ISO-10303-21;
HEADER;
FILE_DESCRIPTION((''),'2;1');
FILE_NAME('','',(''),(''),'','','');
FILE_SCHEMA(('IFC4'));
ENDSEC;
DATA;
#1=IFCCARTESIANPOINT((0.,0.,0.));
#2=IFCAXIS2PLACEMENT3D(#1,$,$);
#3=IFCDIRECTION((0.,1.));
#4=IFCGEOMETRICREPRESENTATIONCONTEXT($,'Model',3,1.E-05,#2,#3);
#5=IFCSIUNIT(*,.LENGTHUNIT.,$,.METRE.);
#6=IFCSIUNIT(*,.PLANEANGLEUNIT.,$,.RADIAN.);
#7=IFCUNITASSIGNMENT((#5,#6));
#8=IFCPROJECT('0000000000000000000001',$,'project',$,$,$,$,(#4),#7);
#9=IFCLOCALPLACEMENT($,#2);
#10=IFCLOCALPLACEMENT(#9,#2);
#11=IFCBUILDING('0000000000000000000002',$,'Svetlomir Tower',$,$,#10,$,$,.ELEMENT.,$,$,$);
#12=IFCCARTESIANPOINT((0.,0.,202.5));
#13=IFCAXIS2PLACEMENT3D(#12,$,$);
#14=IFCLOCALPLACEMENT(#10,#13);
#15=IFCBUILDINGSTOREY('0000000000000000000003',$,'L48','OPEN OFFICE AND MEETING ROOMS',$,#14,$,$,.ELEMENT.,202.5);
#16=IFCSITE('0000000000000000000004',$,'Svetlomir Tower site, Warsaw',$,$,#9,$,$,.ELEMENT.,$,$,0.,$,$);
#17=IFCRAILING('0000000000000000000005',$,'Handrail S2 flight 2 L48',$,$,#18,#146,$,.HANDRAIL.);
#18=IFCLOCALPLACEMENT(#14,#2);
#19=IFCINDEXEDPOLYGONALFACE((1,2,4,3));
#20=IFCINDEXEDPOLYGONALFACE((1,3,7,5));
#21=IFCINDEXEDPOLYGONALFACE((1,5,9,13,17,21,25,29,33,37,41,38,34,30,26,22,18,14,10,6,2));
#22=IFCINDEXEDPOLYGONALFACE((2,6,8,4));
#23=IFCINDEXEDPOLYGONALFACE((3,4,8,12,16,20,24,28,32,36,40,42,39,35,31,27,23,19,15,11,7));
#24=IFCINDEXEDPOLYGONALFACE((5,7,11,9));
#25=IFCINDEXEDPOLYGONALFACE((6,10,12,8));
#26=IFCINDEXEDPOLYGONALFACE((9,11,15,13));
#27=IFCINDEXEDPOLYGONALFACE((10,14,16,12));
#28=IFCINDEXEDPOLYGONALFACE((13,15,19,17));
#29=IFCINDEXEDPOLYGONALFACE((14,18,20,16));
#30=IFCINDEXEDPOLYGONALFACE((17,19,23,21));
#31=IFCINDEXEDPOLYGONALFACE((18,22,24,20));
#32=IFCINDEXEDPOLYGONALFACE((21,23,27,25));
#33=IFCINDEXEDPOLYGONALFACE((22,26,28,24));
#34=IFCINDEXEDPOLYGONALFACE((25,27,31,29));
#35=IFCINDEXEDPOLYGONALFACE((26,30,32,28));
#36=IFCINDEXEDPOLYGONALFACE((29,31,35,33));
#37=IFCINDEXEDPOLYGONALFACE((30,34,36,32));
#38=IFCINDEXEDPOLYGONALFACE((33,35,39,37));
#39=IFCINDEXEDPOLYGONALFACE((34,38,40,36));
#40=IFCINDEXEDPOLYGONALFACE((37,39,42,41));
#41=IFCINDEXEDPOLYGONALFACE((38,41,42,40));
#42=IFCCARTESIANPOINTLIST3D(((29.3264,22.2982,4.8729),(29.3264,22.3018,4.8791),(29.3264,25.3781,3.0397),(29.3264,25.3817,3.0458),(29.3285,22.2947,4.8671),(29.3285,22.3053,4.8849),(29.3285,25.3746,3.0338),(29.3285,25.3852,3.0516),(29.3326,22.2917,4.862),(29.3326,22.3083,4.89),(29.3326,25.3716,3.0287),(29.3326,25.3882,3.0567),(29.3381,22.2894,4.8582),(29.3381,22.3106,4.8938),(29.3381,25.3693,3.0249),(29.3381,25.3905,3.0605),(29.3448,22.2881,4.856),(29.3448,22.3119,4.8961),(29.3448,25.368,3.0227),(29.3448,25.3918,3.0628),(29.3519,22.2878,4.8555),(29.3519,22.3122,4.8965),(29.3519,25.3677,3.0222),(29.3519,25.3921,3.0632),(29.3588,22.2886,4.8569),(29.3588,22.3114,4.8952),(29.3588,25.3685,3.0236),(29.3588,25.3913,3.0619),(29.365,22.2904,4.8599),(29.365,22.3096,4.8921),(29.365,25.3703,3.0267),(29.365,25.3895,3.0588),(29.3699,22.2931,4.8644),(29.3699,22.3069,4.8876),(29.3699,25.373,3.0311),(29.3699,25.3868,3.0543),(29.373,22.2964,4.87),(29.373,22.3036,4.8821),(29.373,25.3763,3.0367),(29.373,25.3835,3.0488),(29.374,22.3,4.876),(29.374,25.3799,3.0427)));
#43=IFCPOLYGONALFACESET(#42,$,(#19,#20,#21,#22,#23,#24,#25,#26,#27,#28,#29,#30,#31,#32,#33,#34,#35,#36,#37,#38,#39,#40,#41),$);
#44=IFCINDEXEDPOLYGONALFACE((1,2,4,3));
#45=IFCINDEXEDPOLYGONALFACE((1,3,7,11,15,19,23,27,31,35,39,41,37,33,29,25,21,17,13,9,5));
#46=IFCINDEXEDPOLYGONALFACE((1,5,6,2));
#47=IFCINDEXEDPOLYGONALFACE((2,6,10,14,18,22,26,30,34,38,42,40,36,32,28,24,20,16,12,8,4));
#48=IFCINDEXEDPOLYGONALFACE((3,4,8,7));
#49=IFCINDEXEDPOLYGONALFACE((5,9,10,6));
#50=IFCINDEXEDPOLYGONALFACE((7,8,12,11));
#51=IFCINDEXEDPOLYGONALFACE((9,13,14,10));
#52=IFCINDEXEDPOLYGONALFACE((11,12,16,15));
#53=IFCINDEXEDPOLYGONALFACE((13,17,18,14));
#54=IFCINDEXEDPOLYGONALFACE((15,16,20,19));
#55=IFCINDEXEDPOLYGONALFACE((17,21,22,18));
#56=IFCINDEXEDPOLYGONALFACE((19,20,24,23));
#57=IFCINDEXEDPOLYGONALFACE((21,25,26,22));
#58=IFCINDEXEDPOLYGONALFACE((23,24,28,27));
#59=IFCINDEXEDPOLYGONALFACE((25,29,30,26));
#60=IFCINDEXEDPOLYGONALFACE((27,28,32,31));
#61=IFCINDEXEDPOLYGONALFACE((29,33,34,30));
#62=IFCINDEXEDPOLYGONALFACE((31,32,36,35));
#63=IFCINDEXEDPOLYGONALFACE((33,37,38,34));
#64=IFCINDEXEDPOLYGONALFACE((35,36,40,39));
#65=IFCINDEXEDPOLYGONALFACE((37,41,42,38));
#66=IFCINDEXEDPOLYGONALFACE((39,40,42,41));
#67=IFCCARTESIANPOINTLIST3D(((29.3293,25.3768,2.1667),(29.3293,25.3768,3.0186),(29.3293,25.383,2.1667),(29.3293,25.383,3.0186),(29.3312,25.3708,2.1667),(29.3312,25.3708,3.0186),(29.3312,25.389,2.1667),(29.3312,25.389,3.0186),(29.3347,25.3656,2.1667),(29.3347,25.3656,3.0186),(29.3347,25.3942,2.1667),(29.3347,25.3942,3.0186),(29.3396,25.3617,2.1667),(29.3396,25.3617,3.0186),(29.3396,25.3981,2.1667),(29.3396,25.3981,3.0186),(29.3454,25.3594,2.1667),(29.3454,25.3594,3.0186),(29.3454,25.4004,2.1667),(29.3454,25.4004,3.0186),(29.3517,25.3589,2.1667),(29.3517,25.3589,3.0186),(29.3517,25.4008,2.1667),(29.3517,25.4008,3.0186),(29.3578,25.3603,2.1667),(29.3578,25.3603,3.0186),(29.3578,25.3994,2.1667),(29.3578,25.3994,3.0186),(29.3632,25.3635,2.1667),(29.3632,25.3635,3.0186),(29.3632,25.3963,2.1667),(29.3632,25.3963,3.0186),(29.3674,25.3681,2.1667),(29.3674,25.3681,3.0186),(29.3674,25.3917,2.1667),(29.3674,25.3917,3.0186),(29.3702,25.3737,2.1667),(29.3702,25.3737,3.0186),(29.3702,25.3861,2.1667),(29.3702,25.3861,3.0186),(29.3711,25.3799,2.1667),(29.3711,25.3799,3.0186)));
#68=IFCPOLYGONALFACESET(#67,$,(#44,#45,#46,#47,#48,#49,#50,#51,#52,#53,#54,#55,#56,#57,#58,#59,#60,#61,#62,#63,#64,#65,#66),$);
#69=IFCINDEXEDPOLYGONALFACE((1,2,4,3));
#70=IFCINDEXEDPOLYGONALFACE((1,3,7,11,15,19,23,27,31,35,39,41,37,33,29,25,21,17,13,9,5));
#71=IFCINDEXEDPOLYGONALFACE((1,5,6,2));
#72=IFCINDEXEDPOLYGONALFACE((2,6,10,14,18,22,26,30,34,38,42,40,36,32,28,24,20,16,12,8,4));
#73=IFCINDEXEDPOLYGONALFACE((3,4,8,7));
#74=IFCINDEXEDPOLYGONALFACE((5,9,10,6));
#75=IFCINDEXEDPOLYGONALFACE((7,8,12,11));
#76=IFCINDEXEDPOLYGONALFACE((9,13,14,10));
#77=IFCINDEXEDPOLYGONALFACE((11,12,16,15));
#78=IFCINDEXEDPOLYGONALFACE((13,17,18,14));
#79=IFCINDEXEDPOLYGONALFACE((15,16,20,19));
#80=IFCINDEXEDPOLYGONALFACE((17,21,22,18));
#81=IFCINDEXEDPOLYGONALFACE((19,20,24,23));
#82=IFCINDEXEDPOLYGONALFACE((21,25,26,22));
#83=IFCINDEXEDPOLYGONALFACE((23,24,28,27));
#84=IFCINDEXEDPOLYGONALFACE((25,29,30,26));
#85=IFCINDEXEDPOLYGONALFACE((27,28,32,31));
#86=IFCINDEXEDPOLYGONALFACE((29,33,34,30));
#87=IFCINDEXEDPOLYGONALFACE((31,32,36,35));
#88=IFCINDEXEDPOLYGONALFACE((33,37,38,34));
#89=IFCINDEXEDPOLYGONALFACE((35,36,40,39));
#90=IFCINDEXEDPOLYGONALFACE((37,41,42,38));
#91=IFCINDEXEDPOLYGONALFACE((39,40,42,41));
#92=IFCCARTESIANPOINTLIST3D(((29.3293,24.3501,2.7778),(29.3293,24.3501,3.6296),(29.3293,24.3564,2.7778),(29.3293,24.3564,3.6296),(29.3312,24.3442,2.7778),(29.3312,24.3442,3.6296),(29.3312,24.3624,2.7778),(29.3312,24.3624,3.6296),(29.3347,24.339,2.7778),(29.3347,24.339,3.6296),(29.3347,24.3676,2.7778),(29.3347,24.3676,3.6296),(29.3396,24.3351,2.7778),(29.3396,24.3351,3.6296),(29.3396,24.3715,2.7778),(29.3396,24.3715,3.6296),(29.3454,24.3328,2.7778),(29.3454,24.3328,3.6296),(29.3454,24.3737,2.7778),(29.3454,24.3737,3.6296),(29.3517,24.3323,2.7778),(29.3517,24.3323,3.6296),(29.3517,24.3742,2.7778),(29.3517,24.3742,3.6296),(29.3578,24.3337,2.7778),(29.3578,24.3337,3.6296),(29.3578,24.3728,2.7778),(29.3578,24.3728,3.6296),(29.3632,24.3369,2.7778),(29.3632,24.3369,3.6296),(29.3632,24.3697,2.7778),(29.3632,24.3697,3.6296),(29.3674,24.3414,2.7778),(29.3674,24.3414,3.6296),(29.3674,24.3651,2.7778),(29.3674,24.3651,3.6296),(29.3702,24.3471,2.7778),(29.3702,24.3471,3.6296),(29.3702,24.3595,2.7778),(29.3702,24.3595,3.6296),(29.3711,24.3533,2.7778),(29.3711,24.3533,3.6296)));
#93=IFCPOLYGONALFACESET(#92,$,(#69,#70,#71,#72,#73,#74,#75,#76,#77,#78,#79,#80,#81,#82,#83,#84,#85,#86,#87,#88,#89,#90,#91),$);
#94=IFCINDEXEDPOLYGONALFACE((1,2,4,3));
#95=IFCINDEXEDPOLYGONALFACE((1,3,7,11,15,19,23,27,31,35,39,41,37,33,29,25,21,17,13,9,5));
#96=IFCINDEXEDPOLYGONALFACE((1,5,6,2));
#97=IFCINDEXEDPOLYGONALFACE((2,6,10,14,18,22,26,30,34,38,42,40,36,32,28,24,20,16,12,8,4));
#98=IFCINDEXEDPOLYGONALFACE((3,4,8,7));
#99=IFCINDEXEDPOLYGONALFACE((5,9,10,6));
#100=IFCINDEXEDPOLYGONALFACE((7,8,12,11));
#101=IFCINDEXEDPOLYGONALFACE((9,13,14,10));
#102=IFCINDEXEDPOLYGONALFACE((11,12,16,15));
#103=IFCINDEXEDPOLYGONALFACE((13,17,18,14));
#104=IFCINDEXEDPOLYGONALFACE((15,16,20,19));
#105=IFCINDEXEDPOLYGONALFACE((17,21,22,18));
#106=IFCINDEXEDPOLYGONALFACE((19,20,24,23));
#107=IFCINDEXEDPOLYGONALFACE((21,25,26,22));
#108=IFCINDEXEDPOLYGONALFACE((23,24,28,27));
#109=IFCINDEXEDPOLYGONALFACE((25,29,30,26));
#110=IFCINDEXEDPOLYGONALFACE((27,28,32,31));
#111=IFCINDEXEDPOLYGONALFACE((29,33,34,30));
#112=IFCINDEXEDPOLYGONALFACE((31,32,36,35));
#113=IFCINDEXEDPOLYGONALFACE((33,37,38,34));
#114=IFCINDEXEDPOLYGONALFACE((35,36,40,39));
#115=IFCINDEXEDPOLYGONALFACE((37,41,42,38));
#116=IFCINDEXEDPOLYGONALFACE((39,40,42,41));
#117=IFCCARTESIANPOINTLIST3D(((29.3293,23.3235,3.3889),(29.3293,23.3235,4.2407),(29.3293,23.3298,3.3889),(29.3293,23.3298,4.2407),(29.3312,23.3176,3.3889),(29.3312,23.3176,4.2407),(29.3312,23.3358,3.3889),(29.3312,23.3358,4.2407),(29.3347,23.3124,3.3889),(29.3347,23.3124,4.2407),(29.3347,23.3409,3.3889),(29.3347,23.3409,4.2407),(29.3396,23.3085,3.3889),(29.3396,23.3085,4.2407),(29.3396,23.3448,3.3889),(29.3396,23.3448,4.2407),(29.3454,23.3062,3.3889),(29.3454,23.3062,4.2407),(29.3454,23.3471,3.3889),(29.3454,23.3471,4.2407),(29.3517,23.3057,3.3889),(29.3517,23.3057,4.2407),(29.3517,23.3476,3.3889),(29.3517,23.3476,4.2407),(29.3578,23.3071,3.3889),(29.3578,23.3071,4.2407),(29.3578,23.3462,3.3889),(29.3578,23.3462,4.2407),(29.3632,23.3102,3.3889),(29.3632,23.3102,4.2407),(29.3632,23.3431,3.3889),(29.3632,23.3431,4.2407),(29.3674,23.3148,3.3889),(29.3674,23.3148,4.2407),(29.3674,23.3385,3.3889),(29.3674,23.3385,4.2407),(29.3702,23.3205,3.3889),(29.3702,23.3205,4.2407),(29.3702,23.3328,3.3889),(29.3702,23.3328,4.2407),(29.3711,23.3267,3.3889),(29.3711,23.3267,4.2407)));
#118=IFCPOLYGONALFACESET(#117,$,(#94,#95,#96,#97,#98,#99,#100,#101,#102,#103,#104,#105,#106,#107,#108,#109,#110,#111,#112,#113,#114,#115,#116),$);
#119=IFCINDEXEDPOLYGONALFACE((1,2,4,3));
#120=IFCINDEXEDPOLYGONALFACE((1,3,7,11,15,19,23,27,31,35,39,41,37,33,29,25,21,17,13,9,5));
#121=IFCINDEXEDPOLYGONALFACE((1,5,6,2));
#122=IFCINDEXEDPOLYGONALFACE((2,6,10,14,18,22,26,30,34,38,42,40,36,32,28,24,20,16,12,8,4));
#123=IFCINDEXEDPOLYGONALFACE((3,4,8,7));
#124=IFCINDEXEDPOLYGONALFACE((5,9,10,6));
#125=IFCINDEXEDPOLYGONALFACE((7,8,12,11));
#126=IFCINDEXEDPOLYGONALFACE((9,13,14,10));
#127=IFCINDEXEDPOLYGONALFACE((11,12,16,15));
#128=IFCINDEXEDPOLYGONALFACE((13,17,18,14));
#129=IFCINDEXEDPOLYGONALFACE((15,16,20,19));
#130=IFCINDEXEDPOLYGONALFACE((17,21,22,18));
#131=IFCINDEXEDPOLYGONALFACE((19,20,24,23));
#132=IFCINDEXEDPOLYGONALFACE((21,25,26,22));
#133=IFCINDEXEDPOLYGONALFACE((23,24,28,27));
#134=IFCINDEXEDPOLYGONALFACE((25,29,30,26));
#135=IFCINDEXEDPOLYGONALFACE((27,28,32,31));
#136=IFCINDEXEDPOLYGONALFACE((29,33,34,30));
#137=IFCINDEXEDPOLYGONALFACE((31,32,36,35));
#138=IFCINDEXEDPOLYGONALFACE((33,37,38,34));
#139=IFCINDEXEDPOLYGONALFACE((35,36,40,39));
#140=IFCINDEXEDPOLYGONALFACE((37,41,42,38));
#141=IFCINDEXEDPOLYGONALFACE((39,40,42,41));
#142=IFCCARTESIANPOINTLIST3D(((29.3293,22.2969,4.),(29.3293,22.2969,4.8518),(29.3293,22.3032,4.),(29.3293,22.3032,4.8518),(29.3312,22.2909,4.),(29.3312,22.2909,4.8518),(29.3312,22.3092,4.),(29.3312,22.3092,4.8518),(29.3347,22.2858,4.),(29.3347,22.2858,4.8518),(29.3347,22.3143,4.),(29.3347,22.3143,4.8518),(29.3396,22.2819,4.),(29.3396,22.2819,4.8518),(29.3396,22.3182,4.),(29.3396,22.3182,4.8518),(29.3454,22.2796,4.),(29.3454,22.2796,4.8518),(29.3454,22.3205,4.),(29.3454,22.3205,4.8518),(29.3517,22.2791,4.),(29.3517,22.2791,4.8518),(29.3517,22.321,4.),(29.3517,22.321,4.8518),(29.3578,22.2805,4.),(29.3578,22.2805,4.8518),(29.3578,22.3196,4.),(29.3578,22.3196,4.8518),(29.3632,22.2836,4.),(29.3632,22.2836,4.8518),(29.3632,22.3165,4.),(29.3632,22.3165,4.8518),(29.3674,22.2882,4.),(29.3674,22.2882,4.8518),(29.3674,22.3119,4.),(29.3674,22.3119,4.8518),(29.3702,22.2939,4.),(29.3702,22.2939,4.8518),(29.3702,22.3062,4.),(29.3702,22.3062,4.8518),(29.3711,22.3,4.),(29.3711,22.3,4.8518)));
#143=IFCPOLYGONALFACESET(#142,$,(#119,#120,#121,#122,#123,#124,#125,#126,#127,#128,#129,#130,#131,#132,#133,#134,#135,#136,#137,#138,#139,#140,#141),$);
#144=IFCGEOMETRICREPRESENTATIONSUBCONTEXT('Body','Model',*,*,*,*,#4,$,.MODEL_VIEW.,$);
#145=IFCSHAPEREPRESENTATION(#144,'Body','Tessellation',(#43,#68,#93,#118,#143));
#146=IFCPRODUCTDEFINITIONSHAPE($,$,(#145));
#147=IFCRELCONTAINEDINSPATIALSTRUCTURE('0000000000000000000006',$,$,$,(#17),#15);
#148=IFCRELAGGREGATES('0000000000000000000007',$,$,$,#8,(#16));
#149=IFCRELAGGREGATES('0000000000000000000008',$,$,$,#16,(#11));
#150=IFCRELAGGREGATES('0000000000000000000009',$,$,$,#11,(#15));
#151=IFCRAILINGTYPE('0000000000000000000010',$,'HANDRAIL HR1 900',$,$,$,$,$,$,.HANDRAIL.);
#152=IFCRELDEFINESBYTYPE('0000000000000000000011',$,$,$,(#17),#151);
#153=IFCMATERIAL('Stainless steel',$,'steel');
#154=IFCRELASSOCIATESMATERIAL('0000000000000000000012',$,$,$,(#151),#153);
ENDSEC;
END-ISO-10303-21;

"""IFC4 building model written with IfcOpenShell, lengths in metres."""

from ifc_helpers import new_model, si_unit, direction, frame, origin, origin_2d, place, context, subcontext, project, spatial, circle, extrude, material, type_object, element, save


model = new_model("IFC4")

# Units and contexts
model_context = context("Model", 3, precision=1e-05, world=origin(), true_north=direction((0.0, 1.0)))
body_context = subcontext(model_context, "Body", "Model", "MODEL_VIEW")
ifc_project = project(units=[si_unit("LENGTHUNIT", "METRE"), si_unit("PLANEANGLEUNIT", "RADIAN")], contexts=[model_context])

# Site, building, storey
site_placement = place(None, origin())
site = spatial("IfcSite", under=ifc_project, at=site_placement, Name="Svetlomir Tower site, Warsaw", CompositionType="ELEMENT", RefElevation=0.0)
building_placement = place(site_placement, origin())
building = spatial("IfcBuilding", under=site, at=building_placement, Name="Svetlomir Tower", CompositionType="ELEMENT")
storey_placement = place(building_placement, frame((0.0, 0.0, 202.5)))
storey = spatial("IfcBuildingStorey", under=building, at=storey_placement, Name="L48", Description="OPEN OFFICE AND MEETING ROOMS", CompositionType="ELEMENT", Elevation=202.5)

# Railing
ifc_material_1 = material(Name="Stainless steel", Category="steel")
railing_type = type_object("IfcRailingType", Name="HANDRAIL HR1 900", PredefinedType="HANDRAIL", material=ifc_material_1)
railing_1_placement = place(storey_placement, frame((29.3501, 25.3799, 2.1667)))
element("IfcRailing", 1, at=railing_1_placement, inside=storey, type_object=railing_type, Name="Handrail S2 flight 2 L48", PredefinedType="HANDRAIL", context=body_context, shape_type="SweptSolid", body=[
    extrude(circle(Radius=0.0239, at=origin_2d()), frame((0.0, 0.0, 0.876), z_axis=(0.0, -0.859291, 0.511487), x_axis=(1.0, 0.0, 0.0)), (0.0, 0.0, 1.0), 3.5842),
    extrude(circle(Radius=0.021, at=origin_2d()), origin(), (0.0, 0.0, 1.0), 0.8518),
    extrude(circle(Radius=0.021, at=origin_2d()), frame((0.0, -1.0266, 0.6111)), (0.0, 0.0, 1.0), 0.8518),
    extrude(circle(Radius=0.021, at=origin_2d()), frame((0.0, -2.0532, 1.2222)), (0.0, 0.0, 1.0), 0.8518),
    extrude(circle(Radius=0.021, at=origin_2d()), frame((0.0, -3.0798, 1.8333)), (0.0, 0.0, 1.0), 0.8518),
])

save(model, "model.ifc")
